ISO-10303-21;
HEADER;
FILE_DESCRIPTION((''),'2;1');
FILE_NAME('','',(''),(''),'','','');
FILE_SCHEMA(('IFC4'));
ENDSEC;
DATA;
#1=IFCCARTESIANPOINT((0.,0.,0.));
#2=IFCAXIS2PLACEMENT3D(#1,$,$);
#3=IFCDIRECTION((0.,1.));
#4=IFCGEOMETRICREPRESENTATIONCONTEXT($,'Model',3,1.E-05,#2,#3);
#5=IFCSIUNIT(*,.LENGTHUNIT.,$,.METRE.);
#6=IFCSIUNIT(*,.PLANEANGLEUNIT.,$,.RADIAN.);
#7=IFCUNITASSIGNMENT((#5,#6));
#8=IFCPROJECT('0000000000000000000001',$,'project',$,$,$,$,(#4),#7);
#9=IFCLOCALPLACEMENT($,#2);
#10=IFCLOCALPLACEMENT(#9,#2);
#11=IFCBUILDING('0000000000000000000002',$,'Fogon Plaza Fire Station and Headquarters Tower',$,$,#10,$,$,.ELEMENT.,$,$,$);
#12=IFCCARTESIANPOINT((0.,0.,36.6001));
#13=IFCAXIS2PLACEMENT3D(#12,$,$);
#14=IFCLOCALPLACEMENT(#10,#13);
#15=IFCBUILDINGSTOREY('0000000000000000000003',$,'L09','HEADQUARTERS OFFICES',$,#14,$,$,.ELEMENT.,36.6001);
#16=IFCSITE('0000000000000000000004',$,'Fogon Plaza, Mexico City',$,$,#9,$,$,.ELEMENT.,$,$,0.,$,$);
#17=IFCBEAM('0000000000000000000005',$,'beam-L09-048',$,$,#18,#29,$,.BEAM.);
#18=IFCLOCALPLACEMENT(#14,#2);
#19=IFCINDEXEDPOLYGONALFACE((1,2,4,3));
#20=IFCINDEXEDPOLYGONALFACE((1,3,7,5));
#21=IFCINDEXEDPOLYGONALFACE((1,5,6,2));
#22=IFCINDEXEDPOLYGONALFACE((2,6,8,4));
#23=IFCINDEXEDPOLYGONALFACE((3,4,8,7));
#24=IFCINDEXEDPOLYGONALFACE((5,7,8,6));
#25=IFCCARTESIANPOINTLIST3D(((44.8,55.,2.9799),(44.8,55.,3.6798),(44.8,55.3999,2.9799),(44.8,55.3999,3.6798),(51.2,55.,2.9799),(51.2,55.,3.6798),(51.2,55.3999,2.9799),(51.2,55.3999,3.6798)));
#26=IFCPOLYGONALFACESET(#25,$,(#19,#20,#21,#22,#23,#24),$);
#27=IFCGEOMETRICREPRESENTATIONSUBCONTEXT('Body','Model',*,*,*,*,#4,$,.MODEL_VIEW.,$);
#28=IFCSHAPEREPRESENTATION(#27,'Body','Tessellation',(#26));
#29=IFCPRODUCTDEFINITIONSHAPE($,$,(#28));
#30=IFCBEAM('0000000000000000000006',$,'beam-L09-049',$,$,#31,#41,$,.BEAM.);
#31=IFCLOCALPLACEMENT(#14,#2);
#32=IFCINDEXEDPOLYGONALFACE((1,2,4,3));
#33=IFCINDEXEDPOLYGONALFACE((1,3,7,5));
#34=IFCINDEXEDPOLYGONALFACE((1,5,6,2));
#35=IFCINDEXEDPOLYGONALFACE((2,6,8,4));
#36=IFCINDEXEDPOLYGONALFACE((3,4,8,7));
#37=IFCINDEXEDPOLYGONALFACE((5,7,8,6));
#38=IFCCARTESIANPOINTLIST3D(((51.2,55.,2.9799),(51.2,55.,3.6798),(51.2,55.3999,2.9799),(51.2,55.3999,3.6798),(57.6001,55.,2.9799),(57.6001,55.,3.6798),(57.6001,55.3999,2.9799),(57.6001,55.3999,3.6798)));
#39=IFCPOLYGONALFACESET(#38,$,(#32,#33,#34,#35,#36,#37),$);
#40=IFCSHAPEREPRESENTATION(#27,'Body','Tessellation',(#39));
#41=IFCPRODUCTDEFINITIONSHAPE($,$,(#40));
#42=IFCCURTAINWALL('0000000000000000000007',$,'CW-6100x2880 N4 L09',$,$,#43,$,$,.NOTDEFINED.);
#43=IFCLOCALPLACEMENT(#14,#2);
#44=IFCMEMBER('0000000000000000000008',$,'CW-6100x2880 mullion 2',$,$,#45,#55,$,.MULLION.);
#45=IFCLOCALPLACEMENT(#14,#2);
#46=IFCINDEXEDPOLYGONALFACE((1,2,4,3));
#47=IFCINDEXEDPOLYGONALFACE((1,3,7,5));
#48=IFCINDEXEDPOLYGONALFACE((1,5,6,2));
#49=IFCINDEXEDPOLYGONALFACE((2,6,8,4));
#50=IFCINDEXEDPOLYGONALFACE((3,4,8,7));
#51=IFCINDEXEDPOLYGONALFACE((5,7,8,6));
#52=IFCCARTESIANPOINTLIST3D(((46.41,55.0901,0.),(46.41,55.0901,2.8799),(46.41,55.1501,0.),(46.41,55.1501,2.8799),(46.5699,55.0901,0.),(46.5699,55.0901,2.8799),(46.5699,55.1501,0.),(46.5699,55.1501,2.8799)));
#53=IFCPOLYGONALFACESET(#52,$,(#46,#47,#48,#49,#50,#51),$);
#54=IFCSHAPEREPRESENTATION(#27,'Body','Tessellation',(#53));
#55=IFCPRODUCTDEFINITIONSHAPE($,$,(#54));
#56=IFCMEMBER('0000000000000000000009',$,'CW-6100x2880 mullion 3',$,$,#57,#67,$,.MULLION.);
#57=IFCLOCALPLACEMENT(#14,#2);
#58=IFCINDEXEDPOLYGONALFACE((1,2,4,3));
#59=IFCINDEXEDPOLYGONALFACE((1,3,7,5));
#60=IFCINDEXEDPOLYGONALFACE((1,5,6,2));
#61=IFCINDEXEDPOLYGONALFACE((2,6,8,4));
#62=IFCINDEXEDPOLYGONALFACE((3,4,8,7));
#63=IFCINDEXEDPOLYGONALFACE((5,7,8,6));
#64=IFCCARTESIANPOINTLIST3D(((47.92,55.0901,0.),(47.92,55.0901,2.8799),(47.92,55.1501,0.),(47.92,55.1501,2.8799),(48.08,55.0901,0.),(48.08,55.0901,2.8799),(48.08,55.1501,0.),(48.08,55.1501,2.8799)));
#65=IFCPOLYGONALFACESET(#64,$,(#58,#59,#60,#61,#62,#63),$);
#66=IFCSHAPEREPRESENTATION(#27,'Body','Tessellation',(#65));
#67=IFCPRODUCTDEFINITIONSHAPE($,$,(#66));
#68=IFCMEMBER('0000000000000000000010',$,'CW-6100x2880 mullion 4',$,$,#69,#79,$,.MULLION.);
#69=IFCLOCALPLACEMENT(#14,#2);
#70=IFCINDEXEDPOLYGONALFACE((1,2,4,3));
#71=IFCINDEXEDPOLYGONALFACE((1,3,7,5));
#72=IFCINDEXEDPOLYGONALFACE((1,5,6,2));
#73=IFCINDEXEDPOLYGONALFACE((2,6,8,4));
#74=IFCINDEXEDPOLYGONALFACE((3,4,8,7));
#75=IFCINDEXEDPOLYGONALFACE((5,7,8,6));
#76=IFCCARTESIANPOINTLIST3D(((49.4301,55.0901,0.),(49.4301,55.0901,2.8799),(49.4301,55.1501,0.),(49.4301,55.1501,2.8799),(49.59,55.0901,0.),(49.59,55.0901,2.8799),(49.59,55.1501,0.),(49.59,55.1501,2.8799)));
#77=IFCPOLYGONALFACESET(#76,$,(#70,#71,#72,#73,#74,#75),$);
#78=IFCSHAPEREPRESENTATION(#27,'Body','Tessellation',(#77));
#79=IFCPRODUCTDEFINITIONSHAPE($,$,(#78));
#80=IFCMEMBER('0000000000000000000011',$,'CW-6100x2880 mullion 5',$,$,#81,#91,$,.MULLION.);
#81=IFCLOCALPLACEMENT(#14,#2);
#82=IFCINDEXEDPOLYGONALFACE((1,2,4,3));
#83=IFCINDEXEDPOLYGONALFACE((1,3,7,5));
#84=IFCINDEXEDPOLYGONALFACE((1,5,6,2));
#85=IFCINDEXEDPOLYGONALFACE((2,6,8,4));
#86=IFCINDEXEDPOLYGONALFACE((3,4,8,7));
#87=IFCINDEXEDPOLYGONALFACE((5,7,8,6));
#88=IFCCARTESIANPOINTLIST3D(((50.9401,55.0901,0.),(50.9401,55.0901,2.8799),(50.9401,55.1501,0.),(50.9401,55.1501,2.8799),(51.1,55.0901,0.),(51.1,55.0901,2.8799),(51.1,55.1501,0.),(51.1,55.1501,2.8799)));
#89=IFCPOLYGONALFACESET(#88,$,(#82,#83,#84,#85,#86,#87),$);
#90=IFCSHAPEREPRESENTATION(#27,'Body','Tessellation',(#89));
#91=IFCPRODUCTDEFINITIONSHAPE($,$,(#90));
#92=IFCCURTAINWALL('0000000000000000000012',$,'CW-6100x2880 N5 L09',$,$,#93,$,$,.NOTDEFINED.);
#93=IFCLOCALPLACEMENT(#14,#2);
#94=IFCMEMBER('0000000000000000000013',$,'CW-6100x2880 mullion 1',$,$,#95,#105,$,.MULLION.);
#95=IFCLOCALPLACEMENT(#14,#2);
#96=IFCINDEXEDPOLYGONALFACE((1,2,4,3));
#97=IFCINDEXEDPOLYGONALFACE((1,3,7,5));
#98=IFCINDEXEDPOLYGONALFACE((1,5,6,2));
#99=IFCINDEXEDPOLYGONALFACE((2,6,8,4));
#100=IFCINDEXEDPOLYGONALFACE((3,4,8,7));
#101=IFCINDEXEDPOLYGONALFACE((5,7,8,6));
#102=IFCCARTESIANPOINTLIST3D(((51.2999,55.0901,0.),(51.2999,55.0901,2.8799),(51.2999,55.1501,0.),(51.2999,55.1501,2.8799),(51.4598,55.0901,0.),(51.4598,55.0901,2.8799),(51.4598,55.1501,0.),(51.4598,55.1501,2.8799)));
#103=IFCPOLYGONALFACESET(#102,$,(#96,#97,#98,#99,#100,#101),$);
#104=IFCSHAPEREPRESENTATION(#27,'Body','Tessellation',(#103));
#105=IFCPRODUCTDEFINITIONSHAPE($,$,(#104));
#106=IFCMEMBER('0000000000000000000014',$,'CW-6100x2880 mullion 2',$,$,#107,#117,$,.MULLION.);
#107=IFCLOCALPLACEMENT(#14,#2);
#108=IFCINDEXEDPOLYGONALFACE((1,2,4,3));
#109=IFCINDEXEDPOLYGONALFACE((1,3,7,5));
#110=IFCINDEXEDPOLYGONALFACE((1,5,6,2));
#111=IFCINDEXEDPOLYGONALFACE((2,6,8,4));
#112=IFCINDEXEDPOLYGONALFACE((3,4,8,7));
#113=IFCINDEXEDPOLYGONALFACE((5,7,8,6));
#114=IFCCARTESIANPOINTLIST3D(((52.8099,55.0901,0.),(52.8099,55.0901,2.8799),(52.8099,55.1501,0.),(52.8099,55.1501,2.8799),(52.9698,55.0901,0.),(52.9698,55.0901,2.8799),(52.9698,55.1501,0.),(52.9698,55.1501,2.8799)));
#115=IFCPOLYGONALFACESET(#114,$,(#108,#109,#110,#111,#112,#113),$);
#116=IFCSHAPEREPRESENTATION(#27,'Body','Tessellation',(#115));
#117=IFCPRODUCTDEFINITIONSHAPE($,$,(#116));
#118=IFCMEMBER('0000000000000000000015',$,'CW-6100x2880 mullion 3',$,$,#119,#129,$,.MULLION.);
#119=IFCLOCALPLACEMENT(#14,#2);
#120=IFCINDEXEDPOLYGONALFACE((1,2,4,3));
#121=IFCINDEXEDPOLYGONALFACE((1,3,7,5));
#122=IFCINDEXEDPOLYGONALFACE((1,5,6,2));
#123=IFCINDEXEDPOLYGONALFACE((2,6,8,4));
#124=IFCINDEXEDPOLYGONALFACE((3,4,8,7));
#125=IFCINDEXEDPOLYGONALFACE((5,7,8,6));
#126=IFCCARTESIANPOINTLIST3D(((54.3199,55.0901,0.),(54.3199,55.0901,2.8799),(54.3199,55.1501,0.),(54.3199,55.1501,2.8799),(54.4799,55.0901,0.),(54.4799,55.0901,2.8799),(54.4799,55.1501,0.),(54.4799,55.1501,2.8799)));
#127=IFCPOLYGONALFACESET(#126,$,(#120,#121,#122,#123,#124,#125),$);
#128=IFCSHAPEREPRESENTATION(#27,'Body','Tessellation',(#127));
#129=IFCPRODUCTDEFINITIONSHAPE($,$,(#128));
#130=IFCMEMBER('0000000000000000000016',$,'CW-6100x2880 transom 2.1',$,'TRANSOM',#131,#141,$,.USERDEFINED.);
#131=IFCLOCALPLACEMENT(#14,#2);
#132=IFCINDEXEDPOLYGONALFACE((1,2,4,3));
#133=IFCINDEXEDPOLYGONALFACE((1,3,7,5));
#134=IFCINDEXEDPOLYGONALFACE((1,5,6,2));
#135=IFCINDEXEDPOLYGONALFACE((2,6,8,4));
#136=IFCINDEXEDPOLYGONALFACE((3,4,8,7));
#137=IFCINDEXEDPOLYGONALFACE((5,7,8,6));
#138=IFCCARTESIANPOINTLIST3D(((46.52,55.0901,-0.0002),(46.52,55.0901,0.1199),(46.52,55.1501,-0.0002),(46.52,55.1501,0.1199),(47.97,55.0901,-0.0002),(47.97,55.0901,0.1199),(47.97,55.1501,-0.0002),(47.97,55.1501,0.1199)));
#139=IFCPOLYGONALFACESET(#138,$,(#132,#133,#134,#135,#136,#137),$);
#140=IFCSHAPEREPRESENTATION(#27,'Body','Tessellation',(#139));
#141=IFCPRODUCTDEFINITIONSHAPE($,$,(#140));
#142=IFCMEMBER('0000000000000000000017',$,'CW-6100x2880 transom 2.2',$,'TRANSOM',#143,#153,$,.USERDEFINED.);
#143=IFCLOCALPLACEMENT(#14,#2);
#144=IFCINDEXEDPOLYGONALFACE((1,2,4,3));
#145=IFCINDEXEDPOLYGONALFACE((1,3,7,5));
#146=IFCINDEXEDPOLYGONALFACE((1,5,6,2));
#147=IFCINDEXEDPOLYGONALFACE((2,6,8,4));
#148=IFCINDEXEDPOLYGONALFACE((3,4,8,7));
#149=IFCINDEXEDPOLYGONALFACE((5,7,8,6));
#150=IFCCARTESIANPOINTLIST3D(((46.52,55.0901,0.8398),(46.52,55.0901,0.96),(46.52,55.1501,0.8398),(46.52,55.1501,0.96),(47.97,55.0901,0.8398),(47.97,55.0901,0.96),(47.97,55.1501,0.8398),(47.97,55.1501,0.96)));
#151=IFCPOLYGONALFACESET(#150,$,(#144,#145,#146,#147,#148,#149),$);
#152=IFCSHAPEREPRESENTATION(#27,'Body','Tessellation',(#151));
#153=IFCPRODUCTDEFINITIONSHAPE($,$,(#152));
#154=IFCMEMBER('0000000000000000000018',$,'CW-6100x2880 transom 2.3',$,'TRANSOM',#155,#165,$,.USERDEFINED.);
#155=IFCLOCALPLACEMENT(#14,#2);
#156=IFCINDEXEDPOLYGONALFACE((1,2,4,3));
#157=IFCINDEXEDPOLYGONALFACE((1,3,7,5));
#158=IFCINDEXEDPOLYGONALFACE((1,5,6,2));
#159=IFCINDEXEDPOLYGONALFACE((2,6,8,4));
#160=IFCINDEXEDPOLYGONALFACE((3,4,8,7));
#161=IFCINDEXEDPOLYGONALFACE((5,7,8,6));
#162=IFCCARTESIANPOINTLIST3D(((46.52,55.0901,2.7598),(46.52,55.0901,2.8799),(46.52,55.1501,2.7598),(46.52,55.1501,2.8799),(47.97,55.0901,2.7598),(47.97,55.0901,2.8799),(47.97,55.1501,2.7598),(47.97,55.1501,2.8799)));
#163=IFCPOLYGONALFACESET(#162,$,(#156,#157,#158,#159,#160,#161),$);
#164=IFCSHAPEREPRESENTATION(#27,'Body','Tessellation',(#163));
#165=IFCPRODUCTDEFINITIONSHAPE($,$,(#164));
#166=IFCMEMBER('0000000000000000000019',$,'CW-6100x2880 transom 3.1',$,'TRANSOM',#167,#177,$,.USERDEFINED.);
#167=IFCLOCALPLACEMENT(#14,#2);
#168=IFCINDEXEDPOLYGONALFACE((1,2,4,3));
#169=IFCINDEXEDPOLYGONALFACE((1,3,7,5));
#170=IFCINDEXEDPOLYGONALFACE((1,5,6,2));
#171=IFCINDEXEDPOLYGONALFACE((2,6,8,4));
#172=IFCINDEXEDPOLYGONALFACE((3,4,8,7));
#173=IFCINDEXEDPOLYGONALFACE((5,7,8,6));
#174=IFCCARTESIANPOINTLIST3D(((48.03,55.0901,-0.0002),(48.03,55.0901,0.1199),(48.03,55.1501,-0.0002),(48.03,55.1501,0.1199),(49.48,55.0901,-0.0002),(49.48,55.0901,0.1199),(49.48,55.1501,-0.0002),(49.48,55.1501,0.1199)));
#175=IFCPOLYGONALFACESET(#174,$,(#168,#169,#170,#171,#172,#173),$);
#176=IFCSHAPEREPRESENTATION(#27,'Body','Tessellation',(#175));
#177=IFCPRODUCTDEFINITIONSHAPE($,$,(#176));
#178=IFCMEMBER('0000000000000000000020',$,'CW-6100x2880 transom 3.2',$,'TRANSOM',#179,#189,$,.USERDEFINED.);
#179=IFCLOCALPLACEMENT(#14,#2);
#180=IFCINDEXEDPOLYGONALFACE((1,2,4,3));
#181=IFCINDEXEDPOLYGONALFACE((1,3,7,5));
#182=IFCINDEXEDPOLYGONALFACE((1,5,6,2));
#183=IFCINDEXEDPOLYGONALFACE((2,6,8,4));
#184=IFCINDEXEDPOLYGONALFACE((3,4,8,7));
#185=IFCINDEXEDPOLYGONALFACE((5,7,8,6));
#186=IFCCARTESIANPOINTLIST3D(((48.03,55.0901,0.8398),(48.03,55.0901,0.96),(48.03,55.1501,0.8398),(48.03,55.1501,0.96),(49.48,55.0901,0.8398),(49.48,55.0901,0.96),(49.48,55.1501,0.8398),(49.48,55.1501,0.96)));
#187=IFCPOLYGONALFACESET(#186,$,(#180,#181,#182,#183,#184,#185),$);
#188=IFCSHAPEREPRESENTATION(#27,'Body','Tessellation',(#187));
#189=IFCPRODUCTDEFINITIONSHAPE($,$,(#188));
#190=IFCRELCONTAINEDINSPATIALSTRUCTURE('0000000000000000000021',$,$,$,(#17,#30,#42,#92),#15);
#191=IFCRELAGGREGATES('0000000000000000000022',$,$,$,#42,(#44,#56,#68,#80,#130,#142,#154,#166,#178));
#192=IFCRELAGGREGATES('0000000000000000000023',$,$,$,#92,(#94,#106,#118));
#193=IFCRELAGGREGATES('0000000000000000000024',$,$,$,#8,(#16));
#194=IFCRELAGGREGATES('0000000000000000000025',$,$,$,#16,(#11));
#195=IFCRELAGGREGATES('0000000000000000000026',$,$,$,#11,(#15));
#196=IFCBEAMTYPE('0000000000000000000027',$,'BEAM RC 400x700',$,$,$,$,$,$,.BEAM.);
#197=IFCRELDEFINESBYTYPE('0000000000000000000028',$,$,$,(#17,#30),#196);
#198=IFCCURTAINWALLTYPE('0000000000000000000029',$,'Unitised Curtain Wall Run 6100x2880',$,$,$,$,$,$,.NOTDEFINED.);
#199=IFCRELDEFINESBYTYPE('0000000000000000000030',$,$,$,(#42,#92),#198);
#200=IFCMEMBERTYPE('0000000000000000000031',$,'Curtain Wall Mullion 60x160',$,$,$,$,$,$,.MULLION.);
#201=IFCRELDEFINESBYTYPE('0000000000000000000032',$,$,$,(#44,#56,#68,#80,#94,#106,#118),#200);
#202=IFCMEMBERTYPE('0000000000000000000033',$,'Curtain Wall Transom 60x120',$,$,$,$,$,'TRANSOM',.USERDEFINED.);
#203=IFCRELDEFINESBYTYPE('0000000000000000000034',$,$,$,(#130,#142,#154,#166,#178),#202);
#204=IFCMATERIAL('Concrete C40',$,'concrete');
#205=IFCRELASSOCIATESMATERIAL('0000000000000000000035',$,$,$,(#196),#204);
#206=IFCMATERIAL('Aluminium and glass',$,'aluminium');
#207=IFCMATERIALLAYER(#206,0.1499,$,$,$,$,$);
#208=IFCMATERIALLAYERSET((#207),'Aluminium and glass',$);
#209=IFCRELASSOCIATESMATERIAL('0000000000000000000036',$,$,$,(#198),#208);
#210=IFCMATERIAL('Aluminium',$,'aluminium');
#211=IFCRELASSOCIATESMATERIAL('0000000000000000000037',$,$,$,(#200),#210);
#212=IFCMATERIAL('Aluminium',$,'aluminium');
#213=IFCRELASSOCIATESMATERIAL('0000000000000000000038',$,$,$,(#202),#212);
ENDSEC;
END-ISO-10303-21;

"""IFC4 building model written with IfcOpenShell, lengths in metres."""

from ifc_helpers import new_model, si_unit, direction, frame, origin, origin_2d, place, context, subcontext, project, spatial, rectangle, extrude, material, layer, layer_set, material_profile, profile_set, type_object, element, aggregate, save


model = new_model("IFC4")

# Units and contexts
model_context = context("Model", 3, precision=1e-05, world=origin(), true_north=direction((0.0, 1.0)))
body_context = subcontext(model_context, "Body", "Model", "MODEL_VIEW")
ifc_project = project(units=[si_unit("LENGTHUNIT", "METRE"), si_unit("PLANEANGLEUNIT", "RADIAN")], contexts=[model_context])

# Site, building, storey
site_placement = place(None, origin())
site = spatial("IfcSite", under=ifc_project, at=site_placement, Name="Fogon Plaza, Mexico City", CompositionType="ELEMENT", RefElevation=0.0)
building_placement = place(site_placement, origin())
building = spatial("IfcBuilding", under=site, at=building_placement, Name="Fogon Plaza Fire Station and Headquarters Tower", CompositionType="ELEMENT")
storey_placement = place(building_placement, frame((0.0, 0.0, 36.6001)))
storey = spatial("IfcBuildingStorey", under=building, at=storey_placement, Name="L09", Description="HEADQUARTERS OFFICES", CompositionType="ELEMENT", Elevation=36.6001)

# Beams
ifc_material_1 = material(Name="Concrete C40", Category="concrete")
ifc_material_profile_1 = material_profile(ifc_material_1, rectangle(XDim=0.3999, YDim=0.7, at=origin_2d()), Name="RC 400x700")
ifc_profile_set_1 = profile_set([ifc_material_profile_1], Name="Concrete C40")
beam_type = type_object("IfcBeamType", Name="BEAM RC 400x700", PredefinedType="BEAM", material=ifc_profile_set_1)
beam_1_placement = place(storey_placement, frame((44.8, 55.2, 3.3298), z_axis=(1.0, 0.0, 0.0), x_axis=(0.0, 1.0, 0.0)))
element("IfcBeam", 1, at=beam_1_placement, inside=storey, type_object=beam_type, Name="beam-L09-048", PredefinedType="BEAM", context=body_context, shape_type="SweptSolid", body=[
    extrude(rectangle(XDim=0.3999, YDim=0.7, at=origin_2d()), origin(), (0.0, 0.0, 1.0), 6.3999),
])
beam_2_placement = place(storey_placement, frame((51.2, 55.2, 3.3298), z_axis=(1.0, 0.0, 0.0), x_axis=(0.0, 1.0, 0.0)))
element("IfcBeam", 2, at=beam_2_placement, inside=storey, type_object=beam_type, Name="beam-L09-049", PredefinedType="BEAM", context=body_context, shape_type="SweptSolid", body=[
    extrude(rectangle(XDim=0.3999, YDim=0.7, at=origin_2d()), origin(), (0.0, 0.0, 1.0), 6.4001),
])

# Curtain walls, members
ifc_material_2 = material(Name="Aluminium and glass", Category="aluminium")
ifc_layer_1 = layer(ifc_material_2, 0.1499)
ifc_layer_set_1 = layer_set([ifc_layer_1], Name="Aluminium and glass")
curtain_wall_type = type_object("IfcCurtainWallType", Name="Unitised Curtain Wall Run 6100x2880", PredefinedType="NOTDEFINED", material=ifc_layer_set_1)
curtain_wall_1_placement = place(storey_placement, origin())
curtain_wall_1 = element("IfcCurtainWall", 3, at=curtain_wall_1_placement, inside=storey, type_object=curtain_wall_type, Name="CW-6100x2880 N4 L09", PredefinedType="NOTDEFINED")
ifc_material_3 = material(Name="Aluminium", Category="aluminium")
ifc_material_profile_2 = material_profile(ifc_material_3, rectangle(XDim=0.0601, YDim=0.1599, at=origin_2d()), Name="Curtain Wall Mullion 60x160")
ifc_profile_set_2 = profile_set([ifc_material_profile_2], Name="Aluminium")
member_type_1 = type_object("IfcMemberType", Name="Curtain Wall Mullion 60x160", PredefinedType="MULLION", material=ifc_profile_set_2)
member_1_placement = place(storey_placement, frame((46.49, 55.1201, 0.0), z_axis=(0.0, 0.0, 1.0), x_axis=(0.0, 1.0, 0.0)))
member_1 = element("IfcMember", 4, at=member_1_placement, type_object=member_type_1, Name="CW-6100x2880 mullion 2", PredefinedType="MULLION", context=body_context, shape_type="SweptSolid", body=[
    extrude(rectangle(XDim=0.0601, YDim=0.1599, at=origin_2d()), origin(), (0.0, 0.0, 1.0), 2.8799),
])
member_2_placement = place(storey_placement, frame((48.0, 55.1201, 0.0), z_axis=(0.0, 0.0, 1.0), x_axis=(0.0, 1.0, 0.0)))
member_2 = element("IfcMember", 5, at=member_2_placement, type_object=member_type_1, Name="CW-6100x2880 mullion 3", PredefinedType="MULLION", context=body_context, shape_type="SweptSolid", body=[
    extrude(rectangle(XDim=0.0601, YDim=0.1599, at=origin_2d()), origin(), (0.0, 0.0, 1.0), 2.8799),
])
member_3_placement = place(storey_placement, frame((49.51, 55.1201, 0.0), z_axis=(0.0, 0.0, 1.0), x_axis=(0.0, 1.0, 0.0)))
member_3 = element("IfcMember", 6, at=member_3_placement, type_object=member_type_1, Name="CW-6100x2880 mullion 4", PredefinedType="MULLION", context=body_context, shape_type="SweptSolid", body=[
    extrude(rectangle(XDim=0.0601, YDim=0.1599, at=origin_2d()), origin(), (0.0, 0.0, 1.0), 2.8799),
])
member_4_placement = place(storey_placement, frame((51.02, 55.1201, 0.0), z_axis=(0.0, 0.0, 1.0), x_axis=(0.0, 1.0, 0.0)))
member_4 = element("IfcMember", 7, at=member_4_placement, type_object=member_type_1, Name="CW-6100x2880 mullion 5", PredefinedType="MULLION", context=body_context, shape_type="SweptSolid", body=[
    extrude(rectangle(XDim=0.0601, YDim=0.1599, at=origin_2d()), origin(), (0.0, 0.0, 1.0), 2.8799),
])
curtain_wall_2_placement = place(storey_placement, origin())
curtain_wall_2 = element("IfcCurtainWall", 8, at=curtain_wall_2_placement, inside=storey, type_object=curtain_wall_type, Name="CW-6100x2880 N5 L09", PredefinedType="NOTDEFINED")
member_5_placement = place(storey_placement, frame((51.3799, 55.1201, 0.0), z_axis=(0.0, 0.0, 1.0), x_axis=(0.0, 1.0, 0.0)))
member_5 = element("IfcMember", 9, at=member_5_placement, type_object=member_type_1, Name="CW-6100x2880 mullion 1", PredefinedType="MULLION", context=body_context, shape_type="SweptSolid", body=[
    extrude(rectangle(XDim=0.0601, YDim=0.1599, at=origin_2d()), origin(), (0.0, 0.0, 1.0), 2.8799),
])
member_6_placement = place(storey_placement, frame((52.8899, 55.1201, 0.0), z_axis=(0.0, 0.0, 1.0), x_axis=(0.0, 1.0, 0.0)))
member_6 = element("IfcMember", 10, at=member_6_placement, type_object=member_type_1, Name="CW-6100x2880 mullion 2", PredefinedType="MULLION", context=body_context, shape_type="SweptSolid", body=[
    extrude(rectangle(XDim=0.0601, YDim=0.1599, at=origin_2d()), origin(), (0.0, 0.0, 1.0), 2.8799),
])
member_7_placement = place(storey_placement, frame((54.3999, 55.1201, 0.0), z_axis=(0.0, 0.0, 1.0), x_axis=(0.0, 1.0, 0.0)))
member_7 = element("IfcMember", 11, at=member_7_placement, type_object=member_type_1, Name="CW-6100x2880 mullion 3", PredefinedType="MULLION", context=body_context, shape_type="SweptSolid", body=[
    extrude(rectangle(XDim=0.0601, YDim=0.1599, at=origin_2d()), origin(), (0.0, 0.0, 1.0), 2.8799),
])

# Members
ifc_material_4 = material(Name="Aluminium", Category="aluminium")
ifc_material_profile_3 = material_profile(ifc_material_4, rectangle(XDim=0.0601, YDim=0.1201, at=origin_2d()), Name="Curtain Wall Transom 60x120")
ifc_profile_set_3 = profile_set([ifc_material_profile_3], Name="Aluminium")
member_type_2 = type_object("IfcMemberType", Name="Curtain Wall Transom 60x120", ElementType="TRANSOM", PredefinedType="USERDEFINED", material=ifc_profile_set_3)
member_8_placement = place(storey_placement, frame((46.52, 55.1201, 0.0598), z_axis=(1.0, 0.0, 0.0), x_axis=(0.0, 1.0, 0.0)))
member_8 = element("IfcMember", 12, at=member_8_placement, type_object=member_type_2, Name="CW-6100x2880 transom 2.1", ObjectType="TRANSOM", PredefinedType="USERDEFINED", context=body_context, shape_type="SweptSolid", body=[
    extrude(rectangle(XDim=0.0601, YDim=0.1201, at=origin_2d()), origin(), (0.0, 0.0, 1.0), 1.45),
])
member_9_placement = place(storey_placement, frame((46.52, 55.1201, 0.8999), z_axis=(1.0, 0.0, 0.0), x_axis=(0.0, 1.0, 0.0)))
member_9 = element("IfcMember", 13, at=member_9_placement, type_object=member_type_2, Name="CW-6100x2880 transom 2.2", ObjectType="TRANSOM", PredefinedType="USERDEFINED", context=body_context, shape_type="SweptSolid", body=[
    extrude(rectangle(XDim=0.0601, YDim=0.1201, at=origin_2d()), origin(), (0.0, 0.0, 1.0), 1.45),
])
member_10_placement = place(storey_placement, frame((46.52, 55.1201, 2.8198), z_axis=(1.0, 0.0, 0.0), x_axis=(0.0, 1.0, 0.0)))
member_10 = element("IfcMember", 14, at=member_10_placement, type_object=member_type_2, Name="CW-6100x2880 transom 2.3", ObjectType="TRANSOM", PredefinedType="USERDEFINED", context=body_context, shape_type="SweptSolid", body=[
    extrude(rectangle(XDim=0.0601, YDim=0.1201, at=origin_2d()), origin(), (0.0, 0.0, 1.0), 1.45),
])
member_11_placement = place(storey_placement, frame((48.03, 55.1201, 0.0598), z_axis=(1.0, 0.0, 0.0), x_axis=(0.0, 1.0, 0.0)))
member_11 = element("IfcMember", 15, at=member_11_placement, type_object=member_type_2, Name="CW-6100x2880 transom 3.1", ObjectType="TRANSOM", PredefinedType="USERDEFINED", context=body_context, shape_type="SweptSolid", body=[
    extrude(rectangle(XDim=0.0601, YDim=0.1201, at=origin_2d()), origin(), (0.0, 0.0, 1.0), 1.45),
])
member_12_placement = place(storey_placement, frame((48.03, 55.1201, 0.8999), z_axis=(1.0, 0.0, 0.0), x_axis=(0.0, 1.0, 0.0)))
member_12 = element("IfcMember", 16, at=member_12_placement, type_object=member_type_2, Name="CW-6100x2880 transom 3.2", ObjectType="TRANSOM", PredefinedType="USERDEFINED", context=body_context, shape_type="SweptSolid", body=[
    extrude(rectangle(XDim=0.0601, YDim=0.1201, at=origin_2d()), origin(), (0.0, 0.0, 1.0), 1.45),
])

aggregate(curtain_wall_1, [member_1, member_2, member_3, member_4, member_8, member_9, member_10, member_11, member_12])
aggregate(curtain_wall_2, [member_5, member_6, member_7])

save(model, "model.ifc")
